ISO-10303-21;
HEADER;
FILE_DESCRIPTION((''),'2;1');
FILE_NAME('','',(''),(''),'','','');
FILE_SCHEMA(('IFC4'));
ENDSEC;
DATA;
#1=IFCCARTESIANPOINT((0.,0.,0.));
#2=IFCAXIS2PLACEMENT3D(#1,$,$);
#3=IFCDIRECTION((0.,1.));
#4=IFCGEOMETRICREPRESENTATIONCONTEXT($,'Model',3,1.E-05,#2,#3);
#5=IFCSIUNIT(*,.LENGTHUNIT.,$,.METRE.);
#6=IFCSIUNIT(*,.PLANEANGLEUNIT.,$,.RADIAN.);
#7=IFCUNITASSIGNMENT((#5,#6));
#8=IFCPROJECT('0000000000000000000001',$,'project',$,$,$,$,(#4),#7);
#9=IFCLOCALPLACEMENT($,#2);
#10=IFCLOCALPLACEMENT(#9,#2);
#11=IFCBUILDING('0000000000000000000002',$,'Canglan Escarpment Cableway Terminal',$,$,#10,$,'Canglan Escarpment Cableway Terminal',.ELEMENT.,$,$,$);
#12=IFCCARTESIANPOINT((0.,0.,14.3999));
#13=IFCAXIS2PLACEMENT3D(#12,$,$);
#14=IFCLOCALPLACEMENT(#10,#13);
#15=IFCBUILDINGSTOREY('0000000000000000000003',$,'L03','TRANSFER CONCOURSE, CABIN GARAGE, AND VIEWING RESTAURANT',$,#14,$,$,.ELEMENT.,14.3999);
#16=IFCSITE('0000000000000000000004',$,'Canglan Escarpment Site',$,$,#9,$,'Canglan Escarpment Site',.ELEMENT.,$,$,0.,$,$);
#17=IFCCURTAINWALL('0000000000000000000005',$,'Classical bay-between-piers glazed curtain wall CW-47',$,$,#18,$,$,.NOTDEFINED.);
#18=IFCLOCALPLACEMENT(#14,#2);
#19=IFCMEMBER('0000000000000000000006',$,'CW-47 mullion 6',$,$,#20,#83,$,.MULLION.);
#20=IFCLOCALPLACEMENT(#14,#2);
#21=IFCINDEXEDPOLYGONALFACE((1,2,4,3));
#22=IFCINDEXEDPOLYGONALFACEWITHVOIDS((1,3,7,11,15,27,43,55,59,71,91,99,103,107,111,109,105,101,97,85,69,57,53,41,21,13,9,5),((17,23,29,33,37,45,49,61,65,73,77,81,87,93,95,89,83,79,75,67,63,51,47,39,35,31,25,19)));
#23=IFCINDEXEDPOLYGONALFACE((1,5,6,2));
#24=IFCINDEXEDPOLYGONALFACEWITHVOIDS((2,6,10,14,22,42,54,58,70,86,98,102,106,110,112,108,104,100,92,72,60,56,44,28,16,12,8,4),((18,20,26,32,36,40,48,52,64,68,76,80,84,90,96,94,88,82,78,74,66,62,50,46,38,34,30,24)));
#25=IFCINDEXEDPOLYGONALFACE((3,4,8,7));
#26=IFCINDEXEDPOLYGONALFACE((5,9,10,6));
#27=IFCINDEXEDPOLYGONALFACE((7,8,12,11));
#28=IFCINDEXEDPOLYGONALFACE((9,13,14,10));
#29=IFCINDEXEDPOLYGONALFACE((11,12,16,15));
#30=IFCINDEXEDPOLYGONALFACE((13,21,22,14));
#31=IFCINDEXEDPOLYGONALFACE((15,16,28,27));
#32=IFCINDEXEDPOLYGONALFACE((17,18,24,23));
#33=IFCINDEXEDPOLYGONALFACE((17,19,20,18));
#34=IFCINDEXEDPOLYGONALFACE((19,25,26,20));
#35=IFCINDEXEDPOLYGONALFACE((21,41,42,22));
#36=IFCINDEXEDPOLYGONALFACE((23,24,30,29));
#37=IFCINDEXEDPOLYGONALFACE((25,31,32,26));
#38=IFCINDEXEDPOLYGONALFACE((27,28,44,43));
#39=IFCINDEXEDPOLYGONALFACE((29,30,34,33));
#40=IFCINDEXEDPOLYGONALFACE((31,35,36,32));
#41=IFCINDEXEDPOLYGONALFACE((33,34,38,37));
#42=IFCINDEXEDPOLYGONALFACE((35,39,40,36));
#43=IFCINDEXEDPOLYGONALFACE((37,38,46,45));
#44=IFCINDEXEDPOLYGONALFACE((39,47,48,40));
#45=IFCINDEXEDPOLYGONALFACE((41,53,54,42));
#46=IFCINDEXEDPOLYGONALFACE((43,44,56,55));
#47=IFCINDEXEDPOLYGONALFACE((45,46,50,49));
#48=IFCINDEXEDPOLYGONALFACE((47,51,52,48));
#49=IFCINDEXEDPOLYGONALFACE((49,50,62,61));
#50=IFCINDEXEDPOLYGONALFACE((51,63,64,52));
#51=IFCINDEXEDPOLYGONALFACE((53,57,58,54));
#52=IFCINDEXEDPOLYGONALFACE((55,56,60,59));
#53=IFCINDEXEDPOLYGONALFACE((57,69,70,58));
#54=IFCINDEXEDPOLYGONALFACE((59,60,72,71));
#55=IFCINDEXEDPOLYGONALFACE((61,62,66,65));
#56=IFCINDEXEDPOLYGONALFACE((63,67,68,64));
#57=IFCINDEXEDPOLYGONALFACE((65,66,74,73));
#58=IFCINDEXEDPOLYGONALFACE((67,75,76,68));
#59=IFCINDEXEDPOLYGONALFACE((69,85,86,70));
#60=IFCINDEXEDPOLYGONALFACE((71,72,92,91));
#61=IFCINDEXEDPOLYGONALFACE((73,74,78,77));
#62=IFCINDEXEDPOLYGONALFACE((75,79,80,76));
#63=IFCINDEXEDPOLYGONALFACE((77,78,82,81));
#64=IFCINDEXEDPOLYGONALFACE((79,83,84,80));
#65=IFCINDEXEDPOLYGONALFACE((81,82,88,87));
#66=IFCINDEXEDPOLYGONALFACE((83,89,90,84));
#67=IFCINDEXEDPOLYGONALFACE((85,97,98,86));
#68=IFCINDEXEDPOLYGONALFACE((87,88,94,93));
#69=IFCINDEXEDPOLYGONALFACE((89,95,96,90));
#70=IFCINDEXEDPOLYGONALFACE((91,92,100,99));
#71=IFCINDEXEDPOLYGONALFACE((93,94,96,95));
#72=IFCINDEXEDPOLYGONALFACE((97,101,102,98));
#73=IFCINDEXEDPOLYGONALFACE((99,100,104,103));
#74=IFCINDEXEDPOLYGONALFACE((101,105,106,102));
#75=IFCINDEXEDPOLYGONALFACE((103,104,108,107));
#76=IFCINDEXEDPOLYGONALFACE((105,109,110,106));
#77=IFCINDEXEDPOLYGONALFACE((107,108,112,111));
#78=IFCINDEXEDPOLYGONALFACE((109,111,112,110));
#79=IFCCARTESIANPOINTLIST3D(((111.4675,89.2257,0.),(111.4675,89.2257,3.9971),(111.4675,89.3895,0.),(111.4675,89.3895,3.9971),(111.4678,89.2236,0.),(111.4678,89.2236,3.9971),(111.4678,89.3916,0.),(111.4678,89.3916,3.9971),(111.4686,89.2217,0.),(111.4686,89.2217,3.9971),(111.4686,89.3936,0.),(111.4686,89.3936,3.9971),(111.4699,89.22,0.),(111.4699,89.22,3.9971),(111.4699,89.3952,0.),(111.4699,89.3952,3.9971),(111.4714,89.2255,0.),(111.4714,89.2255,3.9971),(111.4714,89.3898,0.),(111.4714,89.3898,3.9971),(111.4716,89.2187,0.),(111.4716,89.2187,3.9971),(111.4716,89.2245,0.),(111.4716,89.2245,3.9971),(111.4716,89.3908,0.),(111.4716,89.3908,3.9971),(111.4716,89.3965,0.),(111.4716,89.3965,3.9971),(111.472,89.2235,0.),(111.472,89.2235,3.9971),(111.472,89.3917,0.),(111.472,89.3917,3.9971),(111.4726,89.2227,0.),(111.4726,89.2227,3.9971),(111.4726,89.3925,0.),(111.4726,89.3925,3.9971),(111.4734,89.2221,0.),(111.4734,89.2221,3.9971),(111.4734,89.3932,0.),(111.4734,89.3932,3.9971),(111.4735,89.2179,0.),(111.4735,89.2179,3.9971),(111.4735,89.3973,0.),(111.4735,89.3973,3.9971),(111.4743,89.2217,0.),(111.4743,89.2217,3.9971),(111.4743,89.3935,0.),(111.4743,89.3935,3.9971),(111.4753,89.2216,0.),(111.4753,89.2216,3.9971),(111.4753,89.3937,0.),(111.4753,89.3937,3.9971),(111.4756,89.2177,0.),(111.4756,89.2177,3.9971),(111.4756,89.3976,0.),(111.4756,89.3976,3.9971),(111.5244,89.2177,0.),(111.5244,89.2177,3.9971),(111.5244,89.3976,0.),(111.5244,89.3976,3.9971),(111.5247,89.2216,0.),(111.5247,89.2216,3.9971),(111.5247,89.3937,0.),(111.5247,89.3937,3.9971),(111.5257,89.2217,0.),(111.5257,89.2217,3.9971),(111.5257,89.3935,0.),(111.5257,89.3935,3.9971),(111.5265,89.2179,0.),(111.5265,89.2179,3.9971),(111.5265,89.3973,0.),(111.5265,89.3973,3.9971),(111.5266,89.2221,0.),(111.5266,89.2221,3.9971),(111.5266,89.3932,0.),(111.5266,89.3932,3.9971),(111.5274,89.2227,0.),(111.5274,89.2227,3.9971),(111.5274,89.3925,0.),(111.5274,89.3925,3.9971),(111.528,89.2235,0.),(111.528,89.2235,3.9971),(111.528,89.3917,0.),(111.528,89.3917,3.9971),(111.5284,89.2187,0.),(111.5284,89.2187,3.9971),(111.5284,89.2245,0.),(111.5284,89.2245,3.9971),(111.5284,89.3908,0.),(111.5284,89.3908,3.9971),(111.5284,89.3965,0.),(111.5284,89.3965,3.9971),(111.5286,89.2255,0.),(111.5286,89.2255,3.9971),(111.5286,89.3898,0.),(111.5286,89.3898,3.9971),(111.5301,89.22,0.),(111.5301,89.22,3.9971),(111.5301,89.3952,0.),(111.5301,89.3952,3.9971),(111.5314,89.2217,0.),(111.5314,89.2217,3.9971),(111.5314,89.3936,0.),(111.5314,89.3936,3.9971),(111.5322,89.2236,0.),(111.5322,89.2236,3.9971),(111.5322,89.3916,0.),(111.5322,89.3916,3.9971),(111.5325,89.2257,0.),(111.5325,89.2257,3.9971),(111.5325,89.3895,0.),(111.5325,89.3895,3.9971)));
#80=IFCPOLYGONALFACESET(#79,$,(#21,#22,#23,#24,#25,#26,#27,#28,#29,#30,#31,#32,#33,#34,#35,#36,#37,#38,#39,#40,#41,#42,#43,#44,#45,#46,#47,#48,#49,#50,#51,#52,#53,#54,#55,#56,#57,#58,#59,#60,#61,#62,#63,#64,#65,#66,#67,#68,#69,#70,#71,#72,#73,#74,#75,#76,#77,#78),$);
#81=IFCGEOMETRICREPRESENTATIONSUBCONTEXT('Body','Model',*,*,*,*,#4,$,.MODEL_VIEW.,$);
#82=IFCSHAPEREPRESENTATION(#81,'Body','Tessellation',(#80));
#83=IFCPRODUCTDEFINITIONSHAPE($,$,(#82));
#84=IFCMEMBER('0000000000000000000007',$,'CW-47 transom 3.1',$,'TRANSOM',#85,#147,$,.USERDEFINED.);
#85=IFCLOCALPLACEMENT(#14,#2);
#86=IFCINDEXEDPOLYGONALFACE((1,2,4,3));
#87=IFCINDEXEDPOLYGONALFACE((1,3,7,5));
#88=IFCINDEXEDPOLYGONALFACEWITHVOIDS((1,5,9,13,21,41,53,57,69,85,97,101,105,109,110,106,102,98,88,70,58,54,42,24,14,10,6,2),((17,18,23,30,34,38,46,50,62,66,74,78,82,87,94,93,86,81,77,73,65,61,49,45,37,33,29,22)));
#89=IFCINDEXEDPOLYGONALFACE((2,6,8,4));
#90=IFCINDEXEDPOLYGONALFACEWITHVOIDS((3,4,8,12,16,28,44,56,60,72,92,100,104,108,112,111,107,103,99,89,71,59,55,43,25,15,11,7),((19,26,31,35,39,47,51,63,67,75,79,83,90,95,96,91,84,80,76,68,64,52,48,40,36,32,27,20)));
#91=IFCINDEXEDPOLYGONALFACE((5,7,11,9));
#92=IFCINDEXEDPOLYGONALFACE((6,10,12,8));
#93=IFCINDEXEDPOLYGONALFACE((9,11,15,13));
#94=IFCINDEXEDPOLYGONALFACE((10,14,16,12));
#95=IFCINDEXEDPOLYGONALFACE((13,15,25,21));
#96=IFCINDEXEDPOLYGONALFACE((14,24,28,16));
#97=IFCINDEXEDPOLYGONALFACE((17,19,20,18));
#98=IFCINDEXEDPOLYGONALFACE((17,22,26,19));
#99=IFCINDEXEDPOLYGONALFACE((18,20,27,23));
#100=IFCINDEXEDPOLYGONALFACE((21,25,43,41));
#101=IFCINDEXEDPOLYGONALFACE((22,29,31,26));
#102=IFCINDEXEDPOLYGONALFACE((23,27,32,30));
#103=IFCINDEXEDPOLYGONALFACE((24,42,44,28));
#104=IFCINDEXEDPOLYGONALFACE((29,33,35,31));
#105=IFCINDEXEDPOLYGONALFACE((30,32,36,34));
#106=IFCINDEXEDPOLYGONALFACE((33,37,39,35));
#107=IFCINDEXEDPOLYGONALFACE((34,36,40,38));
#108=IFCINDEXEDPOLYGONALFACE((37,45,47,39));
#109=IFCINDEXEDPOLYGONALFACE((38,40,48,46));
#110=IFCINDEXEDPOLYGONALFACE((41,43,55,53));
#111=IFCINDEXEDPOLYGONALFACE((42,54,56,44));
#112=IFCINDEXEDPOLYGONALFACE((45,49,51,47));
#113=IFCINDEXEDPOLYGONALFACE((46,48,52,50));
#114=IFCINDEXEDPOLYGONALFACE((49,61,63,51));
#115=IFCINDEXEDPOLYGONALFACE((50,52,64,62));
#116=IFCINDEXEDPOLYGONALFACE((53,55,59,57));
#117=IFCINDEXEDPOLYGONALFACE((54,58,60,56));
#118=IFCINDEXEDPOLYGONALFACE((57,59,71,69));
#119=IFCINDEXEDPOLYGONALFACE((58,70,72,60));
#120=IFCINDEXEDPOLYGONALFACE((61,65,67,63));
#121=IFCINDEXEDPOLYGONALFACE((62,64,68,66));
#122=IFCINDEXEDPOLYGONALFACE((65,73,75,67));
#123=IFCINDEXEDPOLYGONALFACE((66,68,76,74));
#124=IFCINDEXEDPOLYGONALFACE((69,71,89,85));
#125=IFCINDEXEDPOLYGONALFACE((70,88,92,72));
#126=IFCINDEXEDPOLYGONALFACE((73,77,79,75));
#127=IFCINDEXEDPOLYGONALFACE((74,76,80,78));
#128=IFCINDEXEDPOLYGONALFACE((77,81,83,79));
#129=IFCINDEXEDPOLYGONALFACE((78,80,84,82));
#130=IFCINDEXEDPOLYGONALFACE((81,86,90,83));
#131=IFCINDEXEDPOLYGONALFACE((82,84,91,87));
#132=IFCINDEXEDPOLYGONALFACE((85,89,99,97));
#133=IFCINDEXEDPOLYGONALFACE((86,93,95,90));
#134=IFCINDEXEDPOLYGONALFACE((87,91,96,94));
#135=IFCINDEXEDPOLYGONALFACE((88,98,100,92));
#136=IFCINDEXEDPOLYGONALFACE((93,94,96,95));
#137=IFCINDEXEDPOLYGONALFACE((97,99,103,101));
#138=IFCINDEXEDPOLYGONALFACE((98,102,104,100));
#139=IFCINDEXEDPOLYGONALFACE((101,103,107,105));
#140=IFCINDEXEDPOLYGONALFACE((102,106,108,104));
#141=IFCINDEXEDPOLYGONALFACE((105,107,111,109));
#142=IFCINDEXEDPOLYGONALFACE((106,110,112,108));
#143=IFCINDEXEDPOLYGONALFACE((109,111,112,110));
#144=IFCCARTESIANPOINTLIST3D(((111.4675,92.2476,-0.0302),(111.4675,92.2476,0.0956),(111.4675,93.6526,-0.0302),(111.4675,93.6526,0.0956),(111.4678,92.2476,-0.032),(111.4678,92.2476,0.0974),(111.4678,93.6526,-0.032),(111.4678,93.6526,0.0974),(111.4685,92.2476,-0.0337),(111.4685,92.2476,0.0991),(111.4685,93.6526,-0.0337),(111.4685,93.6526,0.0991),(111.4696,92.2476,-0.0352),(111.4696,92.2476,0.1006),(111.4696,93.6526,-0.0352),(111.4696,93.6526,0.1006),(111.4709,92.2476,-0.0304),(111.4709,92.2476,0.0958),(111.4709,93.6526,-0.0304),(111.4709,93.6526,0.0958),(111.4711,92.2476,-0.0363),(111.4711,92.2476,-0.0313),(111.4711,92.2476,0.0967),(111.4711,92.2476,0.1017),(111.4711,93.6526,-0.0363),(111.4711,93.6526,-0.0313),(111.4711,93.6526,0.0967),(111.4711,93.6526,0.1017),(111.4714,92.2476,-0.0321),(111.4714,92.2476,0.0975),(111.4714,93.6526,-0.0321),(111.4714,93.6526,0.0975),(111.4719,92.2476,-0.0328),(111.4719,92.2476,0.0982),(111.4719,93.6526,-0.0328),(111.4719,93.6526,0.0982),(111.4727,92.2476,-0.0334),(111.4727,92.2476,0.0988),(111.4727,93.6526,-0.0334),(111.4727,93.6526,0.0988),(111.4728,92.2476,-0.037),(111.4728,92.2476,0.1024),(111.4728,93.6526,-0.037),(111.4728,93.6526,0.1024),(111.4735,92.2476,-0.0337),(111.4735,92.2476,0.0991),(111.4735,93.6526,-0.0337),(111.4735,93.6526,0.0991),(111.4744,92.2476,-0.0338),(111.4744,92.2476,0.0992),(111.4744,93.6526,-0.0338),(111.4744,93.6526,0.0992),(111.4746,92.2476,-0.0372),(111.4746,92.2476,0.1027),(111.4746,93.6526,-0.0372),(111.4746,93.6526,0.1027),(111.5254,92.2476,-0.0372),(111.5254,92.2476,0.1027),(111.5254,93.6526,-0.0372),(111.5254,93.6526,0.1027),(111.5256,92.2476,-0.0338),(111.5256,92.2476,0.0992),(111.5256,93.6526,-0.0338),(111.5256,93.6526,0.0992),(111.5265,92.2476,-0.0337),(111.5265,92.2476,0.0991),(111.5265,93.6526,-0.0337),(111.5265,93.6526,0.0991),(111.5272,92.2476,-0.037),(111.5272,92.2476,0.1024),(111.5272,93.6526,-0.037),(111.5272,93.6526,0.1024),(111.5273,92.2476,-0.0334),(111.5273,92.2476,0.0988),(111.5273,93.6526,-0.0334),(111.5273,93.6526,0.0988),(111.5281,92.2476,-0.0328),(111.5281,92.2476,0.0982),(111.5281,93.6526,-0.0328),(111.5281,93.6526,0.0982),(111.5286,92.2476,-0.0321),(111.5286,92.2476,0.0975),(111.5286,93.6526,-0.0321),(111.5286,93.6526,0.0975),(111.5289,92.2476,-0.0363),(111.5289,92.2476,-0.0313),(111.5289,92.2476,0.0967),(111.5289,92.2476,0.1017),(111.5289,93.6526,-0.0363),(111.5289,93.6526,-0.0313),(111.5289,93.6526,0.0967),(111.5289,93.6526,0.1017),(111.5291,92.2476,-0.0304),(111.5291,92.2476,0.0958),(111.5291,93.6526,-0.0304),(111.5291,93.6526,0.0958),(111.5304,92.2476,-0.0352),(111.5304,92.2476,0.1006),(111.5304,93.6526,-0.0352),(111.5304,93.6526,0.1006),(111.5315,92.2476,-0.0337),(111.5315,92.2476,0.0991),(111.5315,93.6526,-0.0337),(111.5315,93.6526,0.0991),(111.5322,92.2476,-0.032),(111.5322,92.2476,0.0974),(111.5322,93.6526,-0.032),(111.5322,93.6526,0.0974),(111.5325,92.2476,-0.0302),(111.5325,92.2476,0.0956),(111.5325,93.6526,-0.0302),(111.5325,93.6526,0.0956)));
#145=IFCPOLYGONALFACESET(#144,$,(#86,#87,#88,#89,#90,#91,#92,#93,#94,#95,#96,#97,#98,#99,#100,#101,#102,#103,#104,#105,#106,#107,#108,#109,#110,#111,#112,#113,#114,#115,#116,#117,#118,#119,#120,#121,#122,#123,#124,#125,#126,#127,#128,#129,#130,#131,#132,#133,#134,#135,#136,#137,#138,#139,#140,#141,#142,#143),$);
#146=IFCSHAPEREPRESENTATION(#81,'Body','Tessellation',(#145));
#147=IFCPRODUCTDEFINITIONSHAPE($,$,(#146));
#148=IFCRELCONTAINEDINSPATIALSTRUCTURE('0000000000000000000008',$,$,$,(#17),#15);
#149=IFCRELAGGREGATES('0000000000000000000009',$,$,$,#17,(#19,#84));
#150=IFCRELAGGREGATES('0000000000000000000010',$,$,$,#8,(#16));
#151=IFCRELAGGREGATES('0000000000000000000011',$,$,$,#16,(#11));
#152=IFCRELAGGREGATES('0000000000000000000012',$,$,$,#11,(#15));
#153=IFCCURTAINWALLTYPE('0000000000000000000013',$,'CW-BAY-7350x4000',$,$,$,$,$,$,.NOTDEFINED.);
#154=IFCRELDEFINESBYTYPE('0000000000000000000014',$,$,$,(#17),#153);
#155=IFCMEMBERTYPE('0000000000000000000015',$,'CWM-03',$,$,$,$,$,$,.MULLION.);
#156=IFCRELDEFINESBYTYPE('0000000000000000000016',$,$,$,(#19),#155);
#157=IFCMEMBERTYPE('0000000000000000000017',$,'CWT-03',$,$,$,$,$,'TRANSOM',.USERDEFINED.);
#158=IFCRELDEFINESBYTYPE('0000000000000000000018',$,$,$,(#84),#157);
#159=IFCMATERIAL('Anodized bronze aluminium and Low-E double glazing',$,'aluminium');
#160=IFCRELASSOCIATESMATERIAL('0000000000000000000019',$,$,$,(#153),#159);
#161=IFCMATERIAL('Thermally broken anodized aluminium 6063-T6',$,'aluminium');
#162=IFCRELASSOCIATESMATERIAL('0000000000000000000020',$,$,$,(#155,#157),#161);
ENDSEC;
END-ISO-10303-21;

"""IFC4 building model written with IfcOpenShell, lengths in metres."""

from ifc_helpers import new_model, si_unit, direction, frame, origin, origin_2d, place, context, subcontext, project, spatial, hollow_rectangle, extrude, material, material_profile, profile_set, type_object, element, aggregate, save


model = new_model("IFC4")

# Units and contexts
model_context = context("Model", 3, precision=1e-05, world=origin(), true_north=direction((0.0, 1.0)))
body_context = subcontext(model_context, "Body", "Model", "MODEL_VIEW")
ifc_project = project(units=[si_unit("LENGTHUNIT", "METRE"), si_unit("PLANEANGLEUNIT", "RADIAN")], contexts=[model_context])

# Site, building, storey
site_placement = place(None, origin())
site = spatial("IfcSite", under=ifc_project, at=site_placement, Name="Canglan Escarpment Site", LongName="Canglan Escarpment Site", CompositionType="ELEMENT", RefElevation=0.0)
building_placement = place(site_placement, origin())
building = spatial("IfcBuilding", under=site, at=building_placement, Name="Canglan Escarpment Cableway Terminal", LongName="Canglan Escarpment Cableway Terminal", CompositionType="ELEMENT")
storey_placement = place(building_placement, frame((0.0, 0.0, 14.3999)))
storey = spatial("IfcBuildingStorey", under=building, at=storey_placement, Name="L03", Description="TRANSFER CONCOURSE, CABIN GARAGE, AND VIEWING RESTAURANT", CompositionType="ELEMENT", Elevation=14.3999)

# Curtain wall, members
ifc_material_1 = material(Name="Anodized bronze aluminium and Low-E double glazing", Category="aluminium")
curtain_wall_type = type_object("IfcCurtainWallType", Name="CW-BAY-7350x4000", PredefinedType="NOTDEFINED", material=ifc_material_1)
curtain_wall_placement = place(storey_placement, origin())
curtain_wall = element("IfcCurtainWall", 1, at=curtain_wall_placement, inside=storey, type_object=curtain_wall_type, Name="Classical bay-between-piers glazed curtain wall CW-47", PredefinedType="NOTDEFINED")
ifc_material_2 = material(Name="Thermally broken anodized aluminium 6063-T6", Category="aluminium")
ifc_material_profile_1 = material_profile(ifc_material_2, hollow_rectangle(XDim=0.0649, YDim=0.1799, WallThickness=0.0039, InnerFilletRadius=0.0039, OuterFilletRadius=0.0081, at=origin_2d()), Name="ALU-MULL 65x180x4")
ifc_profile_set_1 = profile_set([ifc_material_profile_1], Name="Thermally broken anodized aluminium 6063-T6")
member_type_1 = type_object("IfcMemberType", Name="CWM-03", PredefinedType="MULLION", material=ifc_profile_set_1)
member_1_placement = place(storey_placement, frame((111.5, 89.3076, 0.0), z_axis=(0.0, 0.0, 1.0), x_axis=(1.0, 0.0, 0.0)))
member_1 = element("IfcMember", 2, at=member_1_placement, type_object=member_type_1, Name="CW-47 mullion 6", PredefinedType="MULLION", context=body_context, shape_type="SweptSolid", body=[
    extrude(hollow_rectangle(XDim=0.0649, YDim=0.1799, WallThickness=0.0039, InnerFilletRadius=0.0039, OuterFilletRadius=0.0081, at=origin_2d()), origin(), (0.0, 0.0, 1.0), 3.9971),
])
ifc_material_profile_2 = material_profile(ifc_material_2, hollow_rectangle(XDim=0.0649, YDim=0.1399, WallThickness=0.0034, InnerFilletRadius=0.0034, OuterFilletRadius=0.0071, at=origin_2d()), Name="ALU-TRAN 65x140x3.5")
ifc_profile_set_2 = profile_set([ifc_material_profile_2], Name="Thermally broken anodized aluminium 6063-T6")
member_type_2 = type_object("IfcMemberType", Name="CWT-03", ElementType="TRANSOM", PredefinedType="USERDEFINED", material=ifc_profile_set_2)
member_2_placement = place(storey_placement, frame((111.5, 93.6526, 0.0327), z_axis=(0.0, -1.0, 0.0), x_axis=(1.0, 0.0, 0.0)))
member_2 = element("IfcMember", 3, at=member_2_placement, type_object=member_type_2, Name="CW-47 transom 3.1", ObjectType="TRANSOM", PredefinedType="USERDEFINED", context=body_context, shape_type="SweptSolid", body=[
    extrude(hollow_rectangle(XDim=0.0649, YDim=0.1399, WallThickness=0.0034, InnerFilletRadius=0.0034, OuterFilletRadius=0.0071, at=origin_2d()), origin(), (0.0, 0.0, 1.0), 1.405),
])
aggregate(curtain_wall, [member_1, member_2])

save(model, "model.ifc")
